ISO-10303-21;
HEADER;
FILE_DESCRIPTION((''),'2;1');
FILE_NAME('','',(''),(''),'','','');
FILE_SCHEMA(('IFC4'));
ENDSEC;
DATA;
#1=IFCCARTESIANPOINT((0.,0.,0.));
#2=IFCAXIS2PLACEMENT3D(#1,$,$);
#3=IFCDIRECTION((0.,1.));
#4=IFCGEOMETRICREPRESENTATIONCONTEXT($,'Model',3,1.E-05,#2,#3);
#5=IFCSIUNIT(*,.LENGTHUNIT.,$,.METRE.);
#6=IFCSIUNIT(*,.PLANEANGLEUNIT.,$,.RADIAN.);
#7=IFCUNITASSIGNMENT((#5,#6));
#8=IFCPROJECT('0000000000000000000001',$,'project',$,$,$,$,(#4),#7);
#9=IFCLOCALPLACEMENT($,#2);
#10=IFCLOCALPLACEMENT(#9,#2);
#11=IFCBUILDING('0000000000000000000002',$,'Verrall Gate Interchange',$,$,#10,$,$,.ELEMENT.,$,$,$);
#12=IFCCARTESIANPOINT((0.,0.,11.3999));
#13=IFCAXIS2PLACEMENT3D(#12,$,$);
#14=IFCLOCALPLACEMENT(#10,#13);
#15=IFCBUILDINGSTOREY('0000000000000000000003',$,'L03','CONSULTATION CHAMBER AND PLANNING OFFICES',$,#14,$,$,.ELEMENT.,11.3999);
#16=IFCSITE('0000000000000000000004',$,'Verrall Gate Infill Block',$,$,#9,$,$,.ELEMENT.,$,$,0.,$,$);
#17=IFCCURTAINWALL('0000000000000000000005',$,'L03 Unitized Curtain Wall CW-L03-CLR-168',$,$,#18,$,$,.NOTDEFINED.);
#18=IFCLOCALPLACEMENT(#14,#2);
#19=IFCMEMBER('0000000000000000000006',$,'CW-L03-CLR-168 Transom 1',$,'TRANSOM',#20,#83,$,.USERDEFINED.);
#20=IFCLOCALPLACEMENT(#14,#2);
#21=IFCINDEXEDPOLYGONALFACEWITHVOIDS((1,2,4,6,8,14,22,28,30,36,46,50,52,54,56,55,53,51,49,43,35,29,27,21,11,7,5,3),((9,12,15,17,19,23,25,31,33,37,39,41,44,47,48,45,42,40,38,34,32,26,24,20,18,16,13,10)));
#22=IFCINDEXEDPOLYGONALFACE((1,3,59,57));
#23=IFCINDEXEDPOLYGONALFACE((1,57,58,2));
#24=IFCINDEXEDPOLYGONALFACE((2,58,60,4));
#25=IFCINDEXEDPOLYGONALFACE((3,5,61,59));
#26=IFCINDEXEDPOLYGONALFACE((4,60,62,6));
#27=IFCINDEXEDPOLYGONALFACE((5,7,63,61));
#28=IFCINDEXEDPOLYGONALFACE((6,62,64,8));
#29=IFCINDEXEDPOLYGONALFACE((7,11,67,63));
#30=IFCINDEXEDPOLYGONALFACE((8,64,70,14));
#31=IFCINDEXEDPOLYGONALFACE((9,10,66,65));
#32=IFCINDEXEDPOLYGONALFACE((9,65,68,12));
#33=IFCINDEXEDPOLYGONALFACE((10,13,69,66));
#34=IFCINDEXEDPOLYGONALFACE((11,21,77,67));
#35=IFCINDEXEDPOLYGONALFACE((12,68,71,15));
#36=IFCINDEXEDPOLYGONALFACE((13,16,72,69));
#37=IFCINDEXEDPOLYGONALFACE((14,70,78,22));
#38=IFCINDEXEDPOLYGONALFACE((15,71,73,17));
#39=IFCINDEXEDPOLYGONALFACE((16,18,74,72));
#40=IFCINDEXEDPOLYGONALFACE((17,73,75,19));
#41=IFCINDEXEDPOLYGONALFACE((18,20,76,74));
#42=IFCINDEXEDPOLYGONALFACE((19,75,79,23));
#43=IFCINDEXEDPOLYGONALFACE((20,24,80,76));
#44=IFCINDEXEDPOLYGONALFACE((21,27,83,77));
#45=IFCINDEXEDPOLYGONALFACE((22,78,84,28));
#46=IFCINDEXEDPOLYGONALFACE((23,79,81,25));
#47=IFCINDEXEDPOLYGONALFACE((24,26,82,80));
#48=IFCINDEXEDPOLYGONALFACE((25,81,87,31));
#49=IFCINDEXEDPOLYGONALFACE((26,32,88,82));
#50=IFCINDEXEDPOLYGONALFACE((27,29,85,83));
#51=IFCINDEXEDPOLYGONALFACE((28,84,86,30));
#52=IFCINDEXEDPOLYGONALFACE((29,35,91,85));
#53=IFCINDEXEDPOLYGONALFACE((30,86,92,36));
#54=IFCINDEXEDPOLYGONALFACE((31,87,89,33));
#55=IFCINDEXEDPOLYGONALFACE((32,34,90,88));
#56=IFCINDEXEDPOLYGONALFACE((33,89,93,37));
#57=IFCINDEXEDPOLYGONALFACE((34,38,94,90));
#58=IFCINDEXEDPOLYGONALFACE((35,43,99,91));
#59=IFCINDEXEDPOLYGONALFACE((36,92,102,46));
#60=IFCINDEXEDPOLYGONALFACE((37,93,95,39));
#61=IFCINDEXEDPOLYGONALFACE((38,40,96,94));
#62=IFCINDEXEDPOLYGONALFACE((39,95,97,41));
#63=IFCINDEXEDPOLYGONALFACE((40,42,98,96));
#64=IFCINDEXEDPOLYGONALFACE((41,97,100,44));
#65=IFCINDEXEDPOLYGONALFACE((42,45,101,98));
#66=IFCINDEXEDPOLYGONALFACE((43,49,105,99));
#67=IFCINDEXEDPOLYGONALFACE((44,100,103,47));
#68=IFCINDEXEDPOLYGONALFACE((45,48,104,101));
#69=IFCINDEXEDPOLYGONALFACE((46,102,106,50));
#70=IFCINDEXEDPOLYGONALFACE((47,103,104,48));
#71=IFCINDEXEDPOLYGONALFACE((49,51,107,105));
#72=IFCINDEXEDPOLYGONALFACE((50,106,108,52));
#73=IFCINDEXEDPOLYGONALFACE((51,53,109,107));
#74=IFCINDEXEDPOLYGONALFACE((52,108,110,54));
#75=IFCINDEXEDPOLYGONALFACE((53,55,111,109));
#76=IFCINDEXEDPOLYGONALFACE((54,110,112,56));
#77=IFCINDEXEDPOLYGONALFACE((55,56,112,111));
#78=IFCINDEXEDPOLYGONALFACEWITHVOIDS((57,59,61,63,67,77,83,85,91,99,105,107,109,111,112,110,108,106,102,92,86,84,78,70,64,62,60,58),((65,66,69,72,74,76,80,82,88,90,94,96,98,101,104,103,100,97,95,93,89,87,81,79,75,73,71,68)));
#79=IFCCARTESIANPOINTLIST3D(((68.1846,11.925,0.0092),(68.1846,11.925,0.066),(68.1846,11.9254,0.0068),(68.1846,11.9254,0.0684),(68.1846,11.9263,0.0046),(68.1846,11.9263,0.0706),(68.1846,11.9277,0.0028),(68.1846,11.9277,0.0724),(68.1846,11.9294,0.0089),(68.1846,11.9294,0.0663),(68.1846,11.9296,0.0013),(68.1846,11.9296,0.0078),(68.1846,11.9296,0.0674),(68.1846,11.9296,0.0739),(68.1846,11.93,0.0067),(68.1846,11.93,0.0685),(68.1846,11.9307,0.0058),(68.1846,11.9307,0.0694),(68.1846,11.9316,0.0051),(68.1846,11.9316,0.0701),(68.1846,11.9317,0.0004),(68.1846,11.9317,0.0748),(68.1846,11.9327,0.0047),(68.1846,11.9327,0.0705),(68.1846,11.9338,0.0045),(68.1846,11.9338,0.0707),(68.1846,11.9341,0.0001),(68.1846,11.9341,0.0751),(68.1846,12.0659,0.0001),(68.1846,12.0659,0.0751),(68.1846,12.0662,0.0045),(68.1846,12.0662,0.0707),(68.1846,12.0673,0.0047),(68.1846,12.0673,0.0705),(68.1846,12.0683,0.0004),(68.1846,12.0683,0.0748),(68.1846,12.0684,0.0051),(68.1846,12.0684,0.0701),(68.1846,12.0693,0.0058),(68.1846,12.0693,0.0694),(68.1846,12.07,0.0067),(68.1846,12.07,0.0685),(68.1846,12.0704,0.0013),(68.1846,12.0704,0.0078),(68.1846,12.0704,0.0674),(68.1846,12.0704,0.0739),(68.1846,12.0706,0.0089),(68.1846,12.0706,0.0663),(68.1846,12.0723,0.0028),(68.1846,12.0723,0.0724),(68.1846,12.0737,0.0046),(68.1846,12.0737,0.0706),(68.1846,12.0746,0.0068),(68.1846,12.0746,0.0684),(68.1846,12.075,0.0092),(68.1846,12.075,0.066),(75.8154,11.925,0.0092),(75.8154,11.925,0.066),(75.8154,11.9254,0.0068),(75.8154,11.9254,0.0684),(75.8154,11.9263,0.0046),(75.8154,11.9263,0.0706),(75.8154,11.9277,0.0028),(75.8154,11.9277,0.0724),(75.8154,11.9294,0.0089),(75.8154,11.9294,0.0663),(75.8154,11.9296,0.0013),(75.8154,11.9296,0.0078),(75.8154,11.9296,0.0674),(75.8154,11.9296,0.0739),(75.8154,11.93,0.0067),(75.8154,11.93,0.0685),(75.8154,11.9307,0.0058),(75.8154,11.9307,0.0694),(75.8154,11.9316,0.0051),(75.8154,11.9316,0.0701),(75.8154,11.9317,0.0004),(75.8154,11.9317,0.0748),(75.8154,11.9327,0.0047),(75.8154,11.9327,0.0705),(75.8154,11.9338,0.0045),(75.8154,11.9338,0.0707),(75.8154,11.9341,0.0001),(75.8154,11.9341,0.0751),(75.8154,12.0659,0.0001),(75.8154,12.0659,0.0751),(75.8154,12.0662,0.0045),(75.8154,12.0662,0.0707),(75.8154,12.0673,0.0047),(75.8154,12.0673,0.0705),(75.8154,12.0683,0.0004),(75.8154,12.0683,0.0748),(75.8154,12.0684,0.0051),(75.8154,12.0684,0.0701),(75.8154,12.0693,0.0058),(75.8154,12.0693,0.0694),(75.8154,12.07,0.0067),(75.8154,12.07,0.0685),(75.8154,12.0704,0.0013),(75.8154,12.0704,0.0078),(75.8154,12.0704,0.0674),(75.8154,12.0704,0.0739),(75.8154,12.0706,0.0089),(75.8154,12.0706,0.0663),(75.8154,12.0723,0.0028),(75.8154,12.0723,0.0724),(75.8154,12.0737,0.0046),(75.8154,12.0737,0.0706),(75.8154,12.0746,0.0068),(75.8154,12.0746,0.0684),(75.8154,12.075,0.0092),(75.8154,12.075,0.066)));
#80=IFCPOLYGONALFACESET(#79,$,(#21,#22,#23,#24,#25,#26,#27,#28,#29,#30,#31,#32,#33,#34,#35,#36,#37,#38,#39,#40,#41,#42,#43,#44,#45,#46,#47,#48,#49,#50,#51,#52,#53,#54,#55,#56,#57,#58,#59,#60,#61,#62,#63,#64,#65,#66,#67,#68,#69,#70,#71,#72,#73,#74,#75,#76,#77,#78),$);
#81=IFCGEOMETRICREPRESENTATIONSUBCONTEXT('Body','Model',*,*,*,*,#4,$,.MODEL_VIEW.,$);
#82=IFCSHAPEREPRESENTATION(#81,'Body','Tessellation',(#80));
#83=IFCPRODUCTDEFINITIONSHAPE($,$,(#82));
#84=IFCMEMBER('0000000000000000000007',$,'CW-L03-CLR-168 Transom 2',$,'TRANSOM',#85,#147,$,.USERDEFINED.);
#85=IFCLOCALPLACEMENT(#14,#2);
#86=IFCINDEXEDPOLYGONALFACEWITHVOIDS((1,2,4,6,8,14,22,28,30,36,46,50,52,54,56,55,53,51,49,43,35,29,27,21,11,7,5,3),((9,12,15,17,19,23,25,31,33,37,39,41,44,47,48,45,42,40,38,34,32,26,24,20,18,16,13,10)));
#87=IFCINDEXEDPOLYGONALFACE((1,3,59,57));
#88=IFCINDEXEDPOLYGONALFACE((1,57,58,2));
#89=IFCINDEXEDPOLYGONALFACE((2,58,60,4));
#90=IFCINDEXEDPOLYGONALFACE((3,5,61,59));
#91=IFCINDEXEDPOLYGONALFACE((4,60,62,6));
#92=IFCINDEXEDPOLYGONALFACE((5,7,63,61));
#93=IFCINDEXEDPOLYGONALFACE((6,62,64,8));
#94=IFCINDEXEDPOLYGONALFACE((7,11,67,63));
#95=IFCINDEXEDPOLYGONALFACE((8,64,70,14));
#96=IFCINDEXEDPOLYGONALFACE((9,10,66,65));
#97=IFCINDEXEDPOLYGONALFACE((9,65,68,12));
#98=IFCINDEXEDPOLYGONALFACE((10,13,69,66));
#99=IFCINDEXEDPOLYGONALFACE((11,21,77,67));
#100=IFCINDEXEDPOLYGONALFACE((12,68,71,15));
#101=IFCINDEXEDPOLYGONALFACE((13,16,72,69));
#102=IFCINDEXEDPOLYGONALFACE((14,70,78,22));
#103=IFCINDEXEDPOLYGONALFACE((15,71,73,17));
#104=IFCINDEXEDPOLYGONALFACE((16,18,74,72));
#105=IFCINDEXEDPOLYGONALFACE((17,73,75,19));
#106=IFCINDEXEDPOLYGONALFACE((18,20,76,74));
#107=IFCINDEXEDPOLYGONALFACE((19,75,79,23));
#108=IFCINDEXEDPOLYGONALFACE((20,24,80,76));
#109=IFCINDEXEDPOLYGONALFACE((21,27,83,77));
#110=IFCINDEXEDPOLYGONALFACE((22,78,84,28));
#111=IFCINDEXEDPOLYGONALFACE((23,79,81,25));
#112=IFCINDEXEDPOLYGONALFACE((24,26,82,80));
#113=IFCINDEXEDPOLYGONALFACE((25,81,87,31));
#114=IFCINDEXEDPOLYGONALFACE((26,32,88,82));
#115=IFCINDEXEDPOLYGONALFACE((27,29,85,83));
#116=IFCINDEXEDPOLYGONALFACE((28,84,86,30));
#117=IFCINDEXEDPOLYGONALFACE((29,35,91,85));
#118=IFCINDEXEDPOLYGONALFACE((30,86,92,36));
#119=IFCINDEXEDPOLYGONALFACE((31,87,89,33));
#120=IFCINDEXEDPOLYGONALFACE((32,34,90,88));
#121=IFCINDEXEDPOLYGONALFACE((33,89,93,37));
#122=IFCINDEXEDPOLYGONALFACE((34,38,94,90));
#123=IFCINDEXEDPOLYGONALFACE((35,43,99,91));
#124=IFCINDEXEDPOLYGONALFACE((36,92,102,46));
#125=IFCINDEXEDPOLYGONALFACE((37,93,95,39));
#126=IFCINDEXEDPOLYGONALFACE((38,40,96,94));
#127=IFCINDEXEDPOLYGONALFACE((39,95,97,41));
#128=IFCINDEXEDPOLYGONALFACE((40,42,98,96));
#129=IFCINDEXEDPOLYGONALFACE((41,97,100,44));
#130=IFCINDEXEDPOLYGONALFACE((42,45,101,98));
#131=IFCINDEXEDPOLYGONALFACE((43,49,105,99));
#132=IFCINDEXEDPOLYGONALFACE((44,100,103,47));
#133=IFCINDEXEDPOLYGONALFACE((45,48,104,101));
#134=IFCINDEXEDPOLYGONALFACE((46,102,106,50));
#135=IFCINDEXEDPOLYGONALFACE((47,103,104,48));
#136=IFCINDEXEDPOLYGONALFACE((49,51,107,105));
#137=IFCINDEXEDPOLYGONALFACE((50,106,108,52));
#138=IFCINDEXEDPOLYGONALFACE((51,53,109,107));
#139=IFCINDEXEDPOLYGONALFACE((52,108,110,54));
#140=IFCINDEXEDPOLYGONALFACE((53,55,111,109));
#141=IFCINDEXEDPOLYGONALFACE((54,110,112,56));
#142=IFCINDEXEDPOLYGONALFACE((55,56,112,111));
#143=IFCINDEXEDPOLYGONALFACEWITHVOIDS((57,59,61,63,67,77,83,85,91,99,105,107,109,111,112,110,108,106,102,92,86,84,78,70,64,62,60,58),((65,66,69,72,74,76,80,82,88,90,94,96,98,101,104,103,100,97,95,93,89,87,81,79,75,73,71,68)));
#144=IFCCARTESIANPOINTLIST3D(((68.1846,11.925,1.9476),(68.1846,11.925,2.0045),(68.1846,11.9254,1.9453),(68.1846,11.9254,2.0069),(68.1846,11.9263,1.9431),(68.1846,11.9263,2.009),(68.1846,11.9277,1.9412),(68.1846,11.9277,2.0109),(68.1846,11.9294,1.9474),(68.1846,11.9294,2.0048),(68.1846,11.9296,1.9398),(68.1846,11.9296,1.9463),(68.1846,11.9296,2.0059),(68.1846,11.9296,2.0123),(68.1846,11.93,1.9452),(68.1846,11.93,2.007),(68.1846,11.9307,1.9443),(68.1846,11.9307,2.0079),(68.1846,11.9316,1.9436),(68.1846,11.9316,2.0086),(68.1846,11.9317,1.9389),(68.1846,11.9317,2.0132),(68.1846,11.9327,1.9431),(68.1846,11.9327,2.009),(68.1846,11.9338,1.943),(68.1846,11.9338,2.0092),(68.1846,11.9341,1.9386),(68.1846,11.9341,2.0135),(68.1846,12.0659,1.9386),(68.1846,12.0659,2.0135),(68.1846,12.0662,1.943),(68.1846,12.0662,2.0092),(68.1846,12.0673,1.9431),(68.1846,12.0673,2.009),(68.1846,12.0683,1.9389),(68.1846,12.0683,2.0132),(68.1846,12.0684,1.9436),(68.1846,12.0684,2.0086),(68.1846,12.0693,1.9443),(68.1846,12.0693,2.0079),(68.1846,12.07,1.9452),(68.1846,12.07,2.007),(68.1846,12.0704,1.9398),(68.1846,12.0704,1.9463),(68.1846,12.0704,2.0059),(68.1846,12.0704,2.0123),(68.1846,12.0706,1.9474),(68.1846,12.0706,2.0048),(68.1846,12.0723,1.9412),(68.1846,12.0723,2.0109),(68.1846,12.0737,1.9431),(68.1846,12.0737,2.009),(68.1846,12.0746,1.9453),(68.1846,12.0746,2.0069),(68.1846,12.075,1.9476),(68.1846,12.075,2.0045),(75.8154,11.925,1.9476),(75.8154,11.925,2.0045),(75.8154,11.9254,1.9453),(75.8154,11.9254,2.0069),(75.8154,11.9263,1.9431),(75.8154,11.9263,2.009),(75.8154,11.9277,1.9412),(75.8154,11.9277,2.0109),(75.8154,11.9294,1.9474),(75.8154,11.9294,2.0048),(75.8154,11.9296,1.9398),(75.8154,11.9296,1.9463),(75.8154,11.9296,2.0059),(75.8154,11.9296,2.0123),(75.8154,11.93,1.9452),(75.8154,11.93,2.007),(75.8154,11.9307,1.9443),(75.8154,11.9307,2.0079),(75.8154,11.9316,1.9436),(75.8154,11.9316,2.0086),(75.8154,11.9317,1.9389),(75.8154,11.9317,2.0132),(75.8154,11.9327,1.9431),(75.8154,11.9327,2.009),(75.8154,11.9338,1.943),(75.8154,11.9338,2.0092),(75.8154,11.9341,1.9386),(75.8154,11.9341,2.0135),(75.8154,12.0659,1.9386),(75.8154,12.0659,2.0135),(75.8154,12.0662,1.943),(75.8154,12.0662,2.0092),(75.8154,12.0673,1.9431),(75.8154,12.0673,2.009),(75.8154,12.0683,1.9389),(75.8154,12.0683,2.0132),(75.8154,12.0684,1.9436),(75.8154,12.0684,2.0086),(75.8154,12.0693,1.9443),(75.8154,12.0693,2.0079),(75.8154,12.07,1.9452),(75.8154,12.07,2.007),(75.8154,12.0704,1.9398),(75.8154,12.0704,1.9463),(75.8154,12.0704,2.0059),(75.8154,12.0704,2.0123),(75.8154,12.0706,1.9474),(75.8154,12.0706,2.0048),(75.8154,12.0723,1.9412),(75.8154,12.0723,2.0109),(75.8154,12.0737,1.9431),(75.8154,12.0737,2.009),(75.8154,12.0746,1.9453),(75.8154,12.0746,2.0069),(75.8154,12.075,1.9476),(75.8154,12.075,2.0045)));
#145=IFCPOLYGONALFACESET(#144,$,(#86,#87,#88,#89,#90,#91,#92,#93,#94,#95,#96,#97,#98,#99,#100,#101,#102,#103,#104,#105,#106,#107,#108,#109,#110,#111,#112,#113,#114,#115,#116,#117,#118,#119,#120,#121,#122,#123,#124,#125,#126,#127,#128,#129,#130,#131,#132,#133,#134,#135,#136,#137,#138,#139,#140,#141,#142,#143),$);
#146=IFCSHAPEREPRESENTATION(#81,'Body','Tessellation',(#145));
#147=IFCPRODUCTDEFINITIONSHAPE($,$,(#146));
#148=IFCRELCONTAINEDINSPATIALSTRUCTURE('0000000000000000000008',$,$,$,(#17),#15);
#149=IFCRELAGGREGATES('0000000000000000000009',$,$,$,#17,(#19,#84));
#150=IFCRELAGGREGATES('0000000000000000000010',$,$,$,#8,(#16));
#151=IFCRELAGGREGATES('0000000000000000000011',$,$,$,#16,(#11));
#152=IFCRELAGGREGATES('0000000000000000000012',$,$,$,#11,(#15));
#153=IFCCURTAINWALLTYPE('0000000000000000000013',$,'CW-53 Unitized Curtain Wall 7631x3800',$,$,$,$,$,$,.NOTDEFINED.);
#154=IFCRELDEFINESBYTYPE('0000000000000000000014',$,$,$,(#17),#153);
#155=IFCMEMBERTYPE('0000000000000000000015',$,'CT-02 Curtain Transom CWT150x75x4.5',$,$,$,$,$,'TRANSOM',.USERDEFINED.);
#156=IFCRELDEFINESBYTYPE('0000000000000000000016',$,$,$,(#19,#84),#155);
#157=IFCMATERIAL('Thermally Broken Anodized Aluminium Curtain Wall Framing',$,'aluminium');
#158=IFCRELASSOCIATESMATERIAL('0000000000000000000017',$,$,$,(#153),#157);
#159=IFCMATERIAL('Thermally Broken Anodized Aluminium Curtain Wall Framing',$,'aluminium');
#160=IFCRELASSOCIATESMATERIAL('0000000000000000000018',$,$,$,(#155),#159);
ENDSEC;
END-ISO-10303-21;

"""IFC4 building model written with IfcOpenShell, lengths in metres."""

from ifc_helpers import new_model, si_unit, direction, frame, origin, origin_2d, place, context, subcontext, project, spatial, hollow_rectangle, extrude, material, material_profile, profile_set, type_object, element, aggregate, save


model = new_model("IFC4")

# Units and contexts
model_context = context("Model", 3, precision=1e-05, world=origin(), true_north=direction((0.0, 1.0)))
body_context = subcontext(model_context, "Body", "Model", "MODEL_VIEW")
ifc_project = project(units=[si_unit("LENGTHUNIT", "METRE"), si_unit("PLANEANGLEUNIT", "RADIAN")], contexts=[model_context])

# Site, building, storey
site_placement = place(None, origin())
site = spatial("IfcSite", under=ifc_project, at=site_placement, Name="Verrall Gate Infill Block", CompositionType="ELEMENT", RefElevation=0.0)
building_placement = place(site_placement, origin())
building = spatial("IfcBuilding", under=site, at=building_placement, Name="Verrall Gate Interchange", CompositionType="ELEMENT")
storey_placement = place(building_placement, frame((0.0, 0.0, 11.3999)))
storey = spatial("IfcBuildingStorey", under=building, at=storey_placement, Name="L03", Description="CONSULTATION CHAMBER AND PLANNING OFFICES", CompositionType="ELEMENT", Elevation=11.3999)

# Curtain wall, members
ifc_material_1 = material(Name="Thermally Broken Anodized Aluminium Curtain Wall Framing", Category="aluminium")
curtain_wall_type = type_object("IfcCurtainWallType", Name="CW-53 Unitized Curtain Wall 7631x3800", PredefinedType="NOTDEFINED", material=ifc_material_1)
curtain_wall_placement = place(storey_placement, origin())
curtain_wall = element("IfcCurtainWall", 1, at=curtain_wall_placement, inside=storey, type_object=curtain_wall_type, Name="L03 Unitized Curtain Wall CW-L03-CLR-168", PredefinedType="NOTDEFINED")
ifc_material_2 = material(Name="Thermally Broken Anodized Aluminium Curtain Wall Framing", Category="aluminium")
ifc_material_profile_1 = material_profile(ifc_material_2, hollow_rectangle(XDim=0.1499, YDim=0.075, WallThickness=0.0044, InnerFilletRadius=0.0044, OuterFilletRadius=0.009, at=origin_2d()), Name="CWT150x75x4.5")
ifc_profile_set_1 = profile_set([ifc_material_profile_1], Name="Thermally Broken Anodized Aluminium Curtain Wall Framing")
member_type_1 = type_object("IfcMemberType", Name="CT-02 Curtain Transom CWT150x75x4.5", ElementType="TRANSOM", PredefinedType="USERDEFINED", material=ifc_profile_set_1)
member_1_placement = place(storey_placement, frame((68.1846, 12.0, 0.0376), z_axis=(1.0, 0.0, 0.0), x_axis=(0.0, 1.0, 0.0)))
member_1 = element("IfcMember", 2, at=member_1_placement, type_object=member_type_1, Name="CW-L03-CLR-168 Transom 1", ObjectType="TRANSOM", PredefinedType="USERDEFINED", context=body_context, shape_type="SweptSolid", body=[
    extrude(hollow_rectangle(XDim=0.1499, YDim=0.075, WallThickness=0.0044, InnerFilletRadius=0.0044, OuterFilletRadius=0.009, at=origin_2d()), origin(), (0.0, 0.0, 1.0), 7.6309),
])
member_2_placement = place(storey_placement, frame((68.1846, 12.0, 1.9761), z_axis=(1.0, 0.0, 0.0), x_axis=(0.0, 1.0, 0.0)))
member_2 = element("IfcMember", 3, at=member_2_placement, type_object=member_type_1, Name="CW-L03-CLR-168 Transom 2", ObjectType="TRANSOM", PredefinedType="USERDEFINED", context=body_context, shape_type="SweptSolid", body=[
    extrude(hollow_rectangle(XDim=0.1499, YDim=0.075, WallThickness=0.0044, InnerFilletRadius=0.0044, OuterFilletRadius=0.009, at=origin_2d()), origin(), (0.0, 0.0, 1.0), 7.6309),
])

aggregate(curtain_wall, [member_1, member_2])

save(model, "model.ifc")
